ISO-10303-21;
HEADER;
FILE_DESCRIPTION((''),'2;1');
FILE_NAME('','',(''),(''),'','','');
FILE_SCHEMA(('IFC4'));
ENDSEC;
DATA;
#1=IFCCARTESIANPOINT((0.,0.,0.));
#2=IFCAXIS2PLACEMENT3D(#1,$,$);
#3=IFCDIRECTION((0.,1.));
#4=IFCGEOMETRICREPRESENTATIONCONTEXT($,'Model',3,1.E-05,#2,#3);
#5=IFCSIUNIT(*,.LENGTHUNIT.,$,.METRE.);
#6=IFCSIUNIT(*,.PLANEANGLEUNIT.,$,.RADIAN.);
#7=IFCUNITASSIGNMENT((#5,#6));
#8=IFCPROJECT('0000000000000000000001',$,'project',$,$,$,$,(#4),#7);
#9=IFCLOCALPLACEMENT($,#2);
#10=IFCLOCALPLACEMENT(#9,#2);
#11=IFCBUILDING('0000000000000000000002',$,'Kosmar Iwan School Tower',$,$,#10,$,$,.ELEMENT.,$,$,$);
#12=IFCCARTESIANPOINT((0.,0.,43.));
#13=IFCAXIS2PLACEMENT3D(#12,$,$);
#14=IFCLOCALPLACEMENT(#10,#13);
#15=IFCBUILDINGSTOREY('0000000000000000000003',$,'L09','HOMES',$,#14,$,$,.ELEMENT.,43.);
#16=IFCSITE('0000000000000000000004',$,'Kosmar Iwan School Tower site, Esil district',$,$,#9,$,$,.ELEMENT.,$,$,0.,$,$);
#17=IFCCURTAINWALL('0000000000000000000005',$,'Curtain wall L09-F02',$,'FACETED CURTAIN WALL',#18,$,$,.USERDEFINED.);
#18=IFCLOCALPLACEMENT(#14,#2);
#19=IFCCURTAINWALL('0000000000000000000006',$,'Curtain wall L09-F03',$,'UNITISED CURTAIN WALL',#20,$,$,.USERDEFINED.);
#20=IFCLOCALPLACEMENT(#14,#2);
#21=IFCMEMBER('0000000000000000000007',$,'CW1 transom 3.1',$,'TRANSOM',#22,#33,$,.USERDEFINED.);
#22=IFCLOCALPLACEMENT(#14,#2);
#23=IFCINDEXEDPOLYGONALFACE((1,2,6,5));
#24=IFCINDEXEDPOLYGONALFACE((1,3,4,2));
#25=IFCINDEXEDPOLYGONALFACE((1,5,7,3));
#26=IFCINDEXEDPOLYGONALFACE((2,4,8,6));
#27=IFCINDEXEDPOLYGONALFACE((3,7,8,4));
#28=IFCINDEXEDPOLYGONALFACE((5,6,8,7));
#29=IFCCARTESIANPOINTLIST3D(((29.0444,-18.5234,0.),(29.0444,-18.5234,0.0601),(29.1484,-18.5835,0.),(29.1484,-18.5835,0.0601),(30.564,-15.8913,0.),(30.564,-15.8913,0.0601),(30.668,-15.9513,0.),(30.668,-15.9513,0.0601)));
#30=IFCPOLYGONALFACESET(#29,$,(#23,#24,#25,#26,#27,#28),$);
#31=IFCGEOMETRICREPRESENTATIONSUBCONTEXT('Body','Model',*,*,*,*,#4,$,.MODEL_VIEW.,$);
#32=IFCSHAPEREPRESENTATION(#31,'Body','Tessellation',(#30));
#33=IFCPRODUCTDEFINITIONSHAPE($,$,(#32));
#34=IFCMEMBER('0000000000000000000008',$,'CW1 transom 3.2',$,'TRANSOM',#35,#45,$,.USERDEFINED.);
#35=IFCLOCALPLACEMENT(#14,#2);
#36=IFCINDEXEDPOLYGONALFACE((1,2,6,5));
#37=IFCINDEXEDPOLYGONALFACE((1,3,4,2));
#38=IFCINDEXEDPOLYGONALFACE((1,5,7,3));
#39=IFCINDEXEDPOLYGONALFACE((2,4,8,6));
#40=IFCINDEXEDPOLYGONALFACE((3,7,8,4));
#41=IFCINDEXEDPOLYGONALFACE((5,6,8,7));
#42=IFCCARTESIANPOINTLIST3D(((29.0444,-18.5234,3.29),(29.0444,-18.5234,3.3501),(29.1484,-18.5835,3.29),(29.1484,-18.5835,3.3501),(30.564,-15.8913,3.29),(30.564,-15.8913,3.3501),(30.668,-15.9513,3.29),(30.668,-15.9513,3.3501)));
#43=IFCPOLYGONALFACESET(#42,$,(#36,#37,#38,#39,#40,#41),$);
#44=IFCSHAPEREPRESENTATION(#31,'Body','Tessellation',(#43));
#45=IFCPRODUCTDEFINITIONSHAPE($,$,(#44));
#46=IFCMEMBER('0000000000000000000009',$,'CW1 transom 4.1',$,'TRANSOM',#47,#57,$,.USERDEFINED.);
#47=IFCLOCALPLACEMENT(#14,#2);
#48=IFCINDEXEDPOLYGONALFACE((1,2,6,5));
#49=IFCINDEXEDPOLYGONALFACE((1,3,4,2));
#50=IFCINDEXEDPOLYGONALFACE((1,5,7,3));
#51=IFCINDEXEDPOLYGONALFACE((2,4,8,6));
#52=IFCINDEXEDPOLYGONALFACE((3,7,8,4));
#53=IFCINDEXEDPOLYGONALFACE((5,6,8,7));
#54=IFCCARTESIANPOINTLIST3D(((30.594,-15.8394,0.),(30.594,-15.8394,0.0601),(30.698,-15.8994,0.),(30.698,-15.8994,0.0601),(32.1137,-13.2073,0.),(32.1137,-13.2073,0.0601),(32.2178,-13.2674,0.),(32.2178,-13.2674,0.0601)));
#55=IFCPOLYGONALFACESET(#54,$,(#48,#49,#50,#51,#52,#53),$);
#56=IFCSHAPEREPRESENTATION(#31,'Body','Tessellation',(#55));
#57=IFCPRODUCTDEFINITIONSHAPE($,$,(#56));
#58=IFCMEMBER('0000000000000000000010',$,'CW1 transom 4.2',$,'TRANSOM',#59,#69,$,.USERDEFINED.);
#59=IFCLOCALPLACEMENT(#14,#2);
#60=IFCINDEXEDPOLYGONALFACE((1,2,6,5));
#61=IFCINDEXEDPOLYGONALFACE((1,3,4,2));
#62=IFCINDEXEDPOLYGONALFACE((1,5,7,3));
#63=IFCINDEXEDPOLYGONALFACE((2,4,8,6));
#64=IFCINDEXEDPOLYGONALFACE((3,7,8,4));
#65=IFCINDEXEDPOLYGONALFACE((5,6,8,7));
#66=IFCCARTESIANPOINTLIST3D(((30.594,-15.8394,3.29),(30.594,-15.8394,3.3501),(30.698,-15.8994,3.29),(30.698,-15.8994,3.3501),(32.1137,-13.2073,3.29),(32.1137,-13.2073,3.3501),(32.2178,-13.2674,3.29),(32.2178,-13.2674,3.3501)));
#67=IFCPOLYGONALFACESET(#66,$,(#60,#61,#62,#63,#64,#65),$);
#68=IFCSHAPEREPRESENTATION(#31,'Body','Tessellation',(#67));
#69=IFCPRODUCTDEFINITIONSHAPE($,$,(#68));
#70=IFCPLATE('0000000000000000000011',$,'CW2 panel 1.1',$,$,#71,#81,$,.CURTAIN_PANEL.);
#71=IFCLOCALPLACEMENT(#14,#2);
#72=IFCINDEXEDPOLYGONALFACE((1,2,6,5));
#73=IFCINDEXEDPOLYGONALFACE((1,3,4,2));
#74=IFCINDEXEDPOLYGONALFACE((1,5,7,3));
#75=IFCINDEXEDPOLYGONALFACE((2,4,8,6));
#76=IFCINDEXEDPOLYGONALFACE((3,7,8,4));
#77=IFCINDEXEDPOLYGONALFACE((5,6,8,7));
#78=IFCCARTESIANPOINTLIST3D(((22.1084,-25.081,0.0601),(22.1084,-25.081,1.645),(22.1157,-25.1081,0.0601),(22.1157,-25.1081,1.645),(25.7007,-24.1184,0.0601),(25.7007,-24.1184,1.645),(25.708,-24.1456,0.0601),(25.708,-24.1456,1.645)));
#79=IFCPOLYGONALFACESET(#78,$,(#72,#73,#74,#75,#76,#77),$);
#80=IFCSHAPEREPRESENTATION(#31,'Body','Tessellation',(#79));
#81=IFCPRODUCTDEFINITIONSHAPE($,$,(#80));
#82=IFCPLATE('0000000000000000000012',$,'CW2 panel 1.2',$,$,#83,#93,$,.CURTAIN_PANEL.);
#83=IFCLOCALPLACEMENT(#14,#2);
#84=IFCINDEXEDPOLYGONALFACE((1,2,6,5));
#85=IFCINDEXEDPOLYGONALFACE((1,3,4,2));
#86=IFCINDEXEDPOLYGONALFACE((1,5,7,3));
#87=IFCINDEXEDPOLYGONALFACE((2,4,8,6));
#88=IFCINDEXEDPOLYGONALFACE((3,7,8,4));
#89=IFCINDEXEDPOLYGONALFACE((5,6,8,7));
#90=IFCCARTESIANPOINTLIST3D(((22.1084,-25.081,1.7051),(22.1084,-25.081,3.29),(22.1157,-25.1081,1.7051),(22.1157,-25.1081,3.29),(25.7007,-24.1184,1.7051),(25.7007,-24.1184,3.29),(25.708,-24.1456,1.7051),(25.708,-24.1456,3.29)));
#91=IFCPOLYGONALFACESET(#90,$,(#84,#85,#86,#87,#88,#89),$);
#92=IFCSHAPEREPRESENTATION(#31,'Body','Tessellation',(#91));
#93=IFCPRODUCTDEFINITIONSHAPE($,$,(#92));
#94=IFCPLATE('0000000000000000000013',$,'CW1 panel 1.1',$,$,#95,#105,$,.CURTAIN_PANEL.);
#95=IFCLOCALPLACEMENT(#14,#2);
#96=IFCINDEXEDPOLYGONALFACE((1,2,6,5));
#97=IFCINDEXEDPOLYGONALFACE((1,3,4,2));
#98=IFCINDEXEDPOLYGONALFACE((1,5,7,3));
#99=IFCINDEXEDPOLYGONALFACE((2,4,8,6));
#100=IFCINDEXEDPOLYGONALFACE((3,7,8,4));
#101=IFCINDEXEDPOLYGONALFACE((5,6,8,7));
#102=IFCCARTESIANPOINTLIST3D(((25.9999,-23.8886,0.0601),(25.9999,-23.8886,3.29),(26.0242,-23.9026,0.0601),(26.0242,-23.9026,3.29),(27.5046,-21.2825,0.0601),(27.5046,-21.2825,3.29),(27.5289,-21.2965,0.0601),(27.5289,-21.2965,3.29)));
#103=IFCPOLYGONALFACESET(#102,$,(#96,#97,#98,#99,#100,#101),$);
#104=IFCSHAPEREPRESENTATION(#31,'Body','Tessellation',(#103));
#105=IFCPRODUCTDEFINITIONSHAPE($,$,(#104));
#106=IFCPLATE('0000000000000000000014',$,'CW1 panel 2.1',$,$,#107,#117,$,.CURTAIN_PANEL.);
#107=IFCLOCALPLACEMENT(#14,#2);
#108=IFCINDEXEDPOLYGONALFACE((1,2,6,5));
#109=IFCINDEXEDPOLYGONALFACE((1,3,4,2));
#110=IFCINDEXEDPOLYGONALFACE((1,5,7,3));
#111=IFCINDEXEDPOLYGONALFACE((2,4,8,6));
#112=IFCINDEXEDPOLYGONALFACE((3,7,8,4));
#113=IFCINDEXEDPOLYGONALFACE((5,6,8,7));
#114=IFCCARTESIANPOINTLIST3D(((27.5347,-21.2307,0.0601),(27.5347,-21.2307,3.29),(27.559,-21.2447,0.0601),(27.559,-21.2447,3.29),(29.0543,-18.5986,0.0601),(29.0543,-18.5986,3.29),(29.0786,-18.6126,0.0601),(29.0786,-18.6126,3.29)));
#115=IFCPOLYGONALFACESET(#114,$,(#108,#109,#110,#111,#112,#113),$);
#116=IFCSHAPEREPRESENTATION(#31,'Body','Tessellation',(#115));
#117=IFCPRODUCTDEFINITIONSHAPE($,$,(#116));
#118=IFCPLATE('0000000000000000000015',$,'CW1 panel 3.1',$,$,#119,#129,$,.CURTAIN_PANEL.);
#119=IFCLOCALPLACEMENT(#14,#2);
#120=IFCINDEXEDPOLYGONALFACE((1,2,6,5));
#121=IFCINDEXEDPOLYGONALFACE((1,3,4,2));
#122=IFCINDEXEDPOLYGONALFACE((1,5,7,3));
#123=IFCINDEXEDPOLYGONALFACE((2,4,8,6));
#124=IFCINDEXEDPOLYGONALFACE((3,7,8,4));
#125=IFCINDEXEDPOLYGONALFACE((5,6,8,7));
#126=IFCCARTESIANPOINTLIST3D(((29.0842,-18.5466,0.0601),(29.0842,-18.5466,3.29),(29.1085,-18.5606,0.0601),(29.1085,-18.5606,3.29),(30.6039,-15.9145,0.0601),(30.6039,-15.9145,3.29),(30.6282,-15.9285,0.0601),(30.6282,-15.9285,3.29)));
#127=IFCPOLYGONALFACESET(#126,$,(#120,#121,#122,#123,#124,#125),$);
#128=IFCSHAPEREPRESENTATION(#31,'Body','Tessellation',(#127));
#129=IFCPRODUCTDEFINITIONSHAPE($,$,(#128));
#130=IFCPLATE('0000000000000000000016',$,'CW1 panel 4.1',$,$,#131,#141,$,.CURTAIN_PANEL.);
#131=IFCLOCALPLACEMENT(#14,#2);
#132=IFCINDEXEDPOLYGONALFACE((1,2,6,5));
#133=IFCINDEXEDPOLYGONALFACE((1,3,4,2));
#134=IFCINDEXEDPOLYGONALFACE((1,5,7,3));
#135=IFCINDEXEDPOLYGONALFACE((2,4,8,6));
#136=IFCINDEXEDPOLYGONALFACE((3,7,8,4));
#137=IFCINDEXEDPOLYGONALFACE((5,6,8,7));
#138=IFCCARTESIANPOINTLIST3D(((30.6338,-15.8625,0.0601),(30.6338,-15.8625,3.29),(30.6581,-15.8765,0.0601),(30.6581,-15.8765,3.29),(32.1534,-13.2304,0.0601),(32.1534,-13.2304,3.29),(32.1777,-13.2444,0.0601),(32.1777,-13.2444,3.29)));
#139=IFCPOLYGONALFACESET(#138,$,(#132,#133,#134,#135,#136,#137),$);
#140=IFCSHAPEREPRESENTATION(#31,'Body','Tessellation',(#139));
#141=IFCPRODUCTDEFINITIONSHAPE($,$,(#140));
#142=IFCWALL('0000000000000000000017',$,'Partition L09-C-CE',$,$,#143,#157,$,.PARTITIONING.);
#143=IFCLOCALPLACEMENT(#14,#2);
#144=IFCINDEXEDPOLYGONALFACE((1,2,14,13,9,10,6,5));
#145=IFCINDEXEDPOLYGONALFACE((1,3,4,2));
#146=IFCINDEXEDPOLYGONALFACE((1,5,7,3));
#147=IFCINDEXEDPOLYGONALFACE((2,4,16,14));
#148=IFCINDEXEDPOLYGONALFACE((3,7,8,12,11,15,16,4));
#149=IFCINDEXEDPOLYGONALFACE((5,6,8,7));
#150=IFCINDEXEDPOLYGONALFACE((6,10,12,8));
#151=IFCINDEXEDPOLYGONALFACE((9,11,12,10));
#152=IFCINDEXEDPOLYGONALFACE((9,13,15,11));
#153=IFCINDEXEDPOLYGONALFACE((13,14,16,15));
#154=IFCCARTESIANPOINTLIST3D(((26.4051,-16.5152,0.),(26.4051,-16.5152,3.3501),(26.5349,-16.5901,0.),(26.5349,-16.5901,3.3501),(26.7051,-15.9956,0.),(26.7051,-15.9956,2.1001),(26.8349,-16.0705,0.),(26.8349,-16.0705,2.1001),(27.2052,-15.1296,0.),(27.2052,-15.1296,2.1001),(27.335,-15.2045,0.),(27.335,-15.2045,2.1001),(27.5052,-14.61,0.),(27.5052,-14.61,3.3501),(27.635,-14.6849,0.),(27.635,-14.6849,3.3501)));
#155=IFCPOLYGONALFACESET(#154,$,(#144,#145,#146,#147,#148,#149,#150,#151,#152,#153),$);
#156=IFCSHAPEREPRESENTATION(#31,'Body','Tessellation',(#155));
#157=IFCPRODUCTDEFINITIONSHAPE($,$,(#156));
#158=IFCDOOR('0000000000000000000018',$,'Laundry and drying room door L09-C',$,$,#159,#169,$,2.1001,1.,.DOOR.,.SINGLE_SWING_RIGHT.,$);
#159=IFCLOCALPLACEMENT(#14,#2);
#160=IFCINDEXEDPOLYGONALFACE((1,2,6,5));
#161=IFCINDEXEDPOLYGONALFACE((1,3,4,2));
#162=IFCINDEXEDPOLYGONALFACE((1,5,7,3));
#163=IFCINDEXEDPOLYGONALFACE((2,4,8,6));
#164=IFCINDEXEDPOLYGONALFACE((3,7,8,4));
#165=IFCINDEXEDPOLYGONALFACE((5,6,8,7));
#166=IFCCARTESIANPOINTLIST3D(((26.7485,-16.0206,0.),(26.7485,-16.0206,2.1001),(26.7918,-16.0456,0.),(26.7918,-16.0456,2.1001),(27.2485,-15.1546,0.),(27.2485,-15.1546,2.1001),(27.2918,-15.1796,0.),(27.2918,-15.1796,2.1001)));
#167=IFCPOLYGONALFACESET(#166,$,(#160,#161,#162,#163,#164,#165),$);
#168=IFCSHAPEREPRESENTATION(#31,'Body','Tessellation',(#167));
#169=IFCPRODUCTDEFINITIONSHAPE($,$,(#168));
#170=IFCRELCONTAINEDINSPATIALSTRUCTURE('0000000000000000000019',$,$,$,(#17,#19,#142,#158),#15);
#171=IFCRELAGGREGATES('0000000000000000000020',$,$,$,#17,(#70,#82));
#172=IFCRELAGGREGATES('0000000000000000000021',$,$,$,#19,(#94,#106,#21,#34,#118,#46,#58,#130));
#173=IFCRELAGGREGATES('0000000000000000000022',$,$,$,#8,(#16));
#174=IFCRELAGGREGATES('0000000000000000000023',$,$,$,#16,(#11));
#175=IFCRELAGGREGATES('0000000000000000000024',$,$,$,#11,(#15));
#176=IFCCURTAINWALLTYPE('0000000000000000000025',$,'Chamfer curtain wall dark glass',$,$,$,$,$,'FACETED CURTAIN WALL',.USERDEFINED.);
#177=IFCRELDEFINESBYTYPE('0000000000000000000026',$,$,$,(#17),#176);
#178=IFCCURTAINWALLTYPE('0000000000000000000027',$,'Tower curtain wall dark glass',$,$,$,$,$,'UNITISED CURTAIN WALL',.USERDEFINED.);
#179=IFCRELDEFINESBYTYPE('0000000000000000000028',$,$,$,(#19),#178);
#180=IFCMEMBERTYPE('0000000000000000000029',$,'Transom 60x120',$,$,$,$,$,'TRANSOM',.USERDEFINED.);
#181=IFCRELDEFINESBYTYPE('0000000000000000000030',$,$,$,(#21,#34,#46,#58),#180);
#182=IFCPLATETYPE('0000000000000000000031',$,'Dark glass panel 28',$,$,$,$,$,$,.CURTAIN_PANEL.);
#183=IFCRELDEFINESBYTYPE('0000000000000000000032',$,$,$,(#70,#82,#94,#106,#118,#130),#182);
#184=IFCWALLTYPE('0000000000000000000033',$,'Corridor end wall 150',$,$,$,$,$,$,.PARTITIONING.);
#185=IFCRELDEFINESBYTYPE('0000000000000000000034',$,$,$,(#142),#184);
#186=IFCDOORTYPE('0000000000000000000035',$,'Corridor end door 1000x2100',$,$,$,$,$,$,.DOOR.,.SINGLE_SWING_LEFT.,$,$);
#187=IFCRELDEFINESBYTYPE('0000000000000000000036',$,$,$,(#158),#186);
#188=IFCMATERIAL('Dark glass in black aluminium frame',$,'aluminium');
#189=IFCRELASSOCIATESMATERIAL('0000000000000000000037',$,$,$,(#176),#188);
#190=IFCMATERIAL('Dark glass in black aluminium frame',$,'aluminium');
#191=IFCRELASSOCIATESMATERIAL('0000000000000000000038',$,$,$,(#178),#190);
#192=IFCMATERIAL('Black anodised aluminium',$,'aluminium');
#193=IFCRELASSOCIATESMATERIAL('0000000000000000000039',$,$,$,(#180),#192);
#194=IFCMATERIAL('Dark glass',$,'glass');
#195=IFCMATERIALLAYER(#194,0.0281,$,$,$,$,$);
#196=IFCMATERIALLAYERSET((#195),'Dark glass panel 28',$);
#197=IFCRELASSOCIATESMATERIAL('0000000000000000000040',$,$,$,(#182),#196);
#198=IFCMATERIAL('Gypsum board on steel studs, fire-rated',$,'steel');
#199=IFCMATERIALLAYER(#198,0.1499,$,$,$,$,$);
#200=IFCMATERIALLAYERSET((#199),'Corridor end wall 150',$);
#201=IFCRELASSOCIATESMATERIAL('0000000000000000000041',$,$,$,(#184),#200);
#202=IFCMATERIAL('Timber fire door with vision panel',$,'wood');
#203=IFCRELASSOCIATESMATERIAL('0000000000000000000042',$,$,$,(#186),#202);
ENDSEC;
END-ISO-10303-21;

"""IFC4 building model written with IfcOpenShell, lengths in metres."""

from ifc_helpers import new_model, si_unit, direction, frame, frame_2d, origin, origin_2d, place, context, subcontext, project, spatial, rectangle, extrude, material, layer, layer_set, material_profile, profile_set, type_object, element, fill, aggregate, save


model = new_model("IFC4")

# Units and contexts
model_context = context("Model", 3, precision=1e-05, world=origin(), true_north=direction((0.0, 1.0)))
body_context = subcontext(model_context, "Body", "Model", "MODEL_VIEW")
ifc_project = project(units=[si_unit("LENGTHUNIT", "METRE"), si_unit("PLANEANGLEUNIT", "RADIAN")], contexts=[model_context])

# Site, building, storey
site_placement = place(None, origin())
site = spatial("IfcSite", under=ifc_project, at=site_placement, Name="Kosmar Iwan School Tower site, Esil district", CompositionType="ELEMENT", RefElevation=0.0)
building_placement = place(site_placement, origin())
building = spatial("IfcBuilding", under=site, at=building_placement, Name="Kosmar Iwan School Tower", CompositionType="ELEMENT")
storey_placement = place(building_placement, frame((0.0, 0.0, 43.0)))
storey = spatial("IfcBuildingStorey", under=building, at=storey_placement, Name="L09", Description="HOMES", CompositionType="ELEMENT", Elevation=43.0)

# Curtain wall
ifc_material_1 = material(Name="Dark glass in black aluminium frame", Category="aluminium")
curtain_wall_type_1 = type_object("IfcCurtainWallType", Name="Chamfer curtain wall dark glass", ElementType="FACETED CURTAIN WALL", PredefinedType="USERDEFINED", material=ifc_material_1)
curtain_wall_1_placement = place(storey_placement, origin())
curtain_wall_1 = element("IfcCurtainWall", 1, at=curtain_wall_1_placement, inside=storey, type_object=curtain_wall_type_1, Name="Curtain wall L09-F02", ObjectType="FACETED CURTAIN WALL", PredefinedType="USERDEFINED")

# Curtain wall
ifc_material_2 = material(Name="Dark glass in black aluminium frame", Category="aluminium")
curtain_wall_type_2 = type_object("IfcCurtainWallType", Name="Tower curtain wall dark glass", ElementType="UNITISED CURTAIN WALL", PredefinedType="USERDEFINED", material=ifc_material_2)
curtain_wall_2_placement = place(storey_placement, origin())
curtain_wall_2 = element("IfcCurtainWall", 2, at=curtain_wall_2_placement, inside=storey, type_object=curtain_wall_type_2, Name="Curtain wall L09-F03", ObjectType="UNITISED CURTAIN WALL", PredefinedType="USERDEFINED")

# Members
ifc_material_3 = material(Name="Black anodised aluminium", Category="aluminium")
ifc_material_profile_1 = material_profile(ifc_material_3, rectangle(XDim=0.1201, YDim=0.0601, at=origin_2d()), Name="TRANSOM 60x120")
ifc_profile_set_1 = profile_set([ifc_material_profile_1], Name="Black anodised aluminium")
member_type_1 = type_object("IfcMemberType", Name="Transom 60x120", ElementType="TRANSOM", PredefinedType="USERDEFINED", material=ifc_profile_set_1)
member_1_placement = place(storey_placement, frame((29.0964, -18.5535, 0.03), z_axis=(0.499975, 0.86604, 0.0), x_axis=(-0.86604, 0.499975, 0.0)))
member_1 = element("IfcMember", 3, at=member_1_placement, type_object=member_type_1, Name="CW1 transom 3.1", ObjectType="TRANSOM", PredefinedType="USERDEFINED", context=body_context, shape_type="SweptSolid", body=[
    extrude(rectangle(XDim=0.1201, YDim=0.0601, at=origin_2d()), origin(), (0.0, 0.0, 1.0), 3.0393),
])
member_2_placement = place(storey_placement, frame((29.0964, -18.5535, 3.3201), z_axis=(0.499975, 0.86604, 0.0), x_axis=(-0.86604, 0.499975, 0.0)))
member_2 = element("IfcMember", 4, at=member_2_placement, type_object=member_type_1, Name="CW1 transom 3.2", ObjectType="TRANSOM", PredefinedType="USERDEFINED", context=body_context, shape_type="SweptSolid", body=[
    extrude(rectangle(XDim=0.1201, YDim=0.0601, at=origin_2d()), origin(), (0.0, 0.0, 1.0), 3.0393),
])
member_3_placement = place(storey_placement, frame((30.646, -15.8694, 0.03), z_axis=(0.500035, 0.866005, 0.0), x_axis=(-0.866005, 0.500035, 0.0)))
member_3 = element("IfcMember", 5, at=member_3_placement, type_object=member_type_1, Name="CW1 transom 4.1", ObjectType="TRANSOM", PredefinedType="USERDEFINED", context=body_context, shape_type="SweptSolid", body=[
    extrude(rectangle(XDim=0.1201, YDim=0.0601, at=origin_2d()), origin(), (0.0, 0.0, 1.0), 3.0393),
])
member_4_placement = place(storey_placement, frame((30.646, -15.8694, 3.3201), z_axis=(0.500035, 0.866005, 0.0), x_axis=(-0.866005, 0.500035, 0.0)))
member_4 = element("IfcMember", 6, at=member_4_placement, type_object=member_type_1, Name="CW1 transom 4.2", ObjectType="TRANSOM", PredefinedType="USERDEFINED", context=body_context, shape_type="SweptSolid", body=[
    extrude(rectangle(XDim=0.1201, YDim=0.0601, at=origin_2d()), origin(), (0.0, 0.0, 1.0), 3.0393),
])

# Plates
ifc_material_4 = material(Name="Dark glass", Category="glass")
ifc_layer_1 = layer(ifc_material_4, 0.0281)
ifc_layer_set_1 = layer_set([ifc_layer_1], Name="Dark glass panel 28")
plate_type = type_object("IfcPlateType", Name="Dark glass panel 28", PredefinedType="CURTAIN_PANEL", material=ifc_layer_set_1)
plate_1_placement = place(storey_placement, frame((23.9082, -24.6133, 0.0601), z_axis=(0.0, 0.0, 1.0), x_axis=(0.965926, 0.258819, 0.0)))
plate_1 = element("IfcPlate", 7, at=plate_1_placement, type_object=plate_type, Name="CW2 panel 1.1", PredefinedType="CURTAIN_PANEL", context=body_context, shape_type="SweptSolid", body=[
    extrude(rectangle(XDim=3.719, YDim=0.0281, at=origin_2d()), origin(), (0.0, 0.0, 1.0), 1.585),
])
plate_2_placement = place(storey_placement, frame((23.9082, -24.6133, 1.7051), z_axis=(0.0, 0.0, 1.0), x_axis=(0.965926, 0.258819, 0.0)))
plate_2 = element("IfcPlate", 8, at=plate_2_placement, type_object=plate_type, Name="CW2 panel 1.2", PredefinedType="CURTAIN_PANEL", context=body_context, shape_type="SweptSolid", body=[
    extrude(rectangle(XDim=3.719, YDim=0.0281, at=origin_2d()), origin(), (0.0, 0.0, 1.0), 1.585),
])
aggregate(curtain_wall_1, [plate_1, plate_2])
plate_3_placement = place(storey_placement, frame((26.7644, -22.5925, 0.0601), z_axis=(0.0, 0.0, 1.0), x_axis=(0.5, 0.866025, 0.0)))
plate_3 = element("IfcPlate", 9, at=plate_3_placement, type_object=plate_type, Name="CW1 panel 1.1", PredefinedType="CURTAIN_PANEL", context=body_context, shape_type="SweptSolid", body=[
    extrude(rectangle(XDim=3.0093, YDim=0.0281, at=origin_2d()), origin(), (0.0, 0.0, 1.0), 3.23),
])
plate_4_placement = place(storey_placement, frame((28.3066, -19.9216, 0.0601), z_axis=(0.0, 0.0, 1.0), x_axis=(0.5, 0.866025, 0.0)))
plate_4 = element("IfcPlate", 10, at=plate_4_placement, type_object=plate_type, Name="CW1 panel 2.1", PredefinedType="CURTAIN_PANEL", context=body_context, shape_type="SweptSolid", body=[
    extrude(rectangle(XDim=3.0393, YDim=0.0281, at=origin_2d()), origin(), (0.0, 0.0, 1.0), 3.23),
])
plate_5_placement = place(storey_placement, frame((29.8562, -17.2375, 0.0601), z_axis=(0.0, 0.0, 1.0), x_axis=(0.5, 0.866025, 0.0)))
plate_5 = element("IfcPlate", 11, at=plate_5_placement, type_object=plate_type, Name="CW1 panel 3.1", PredefinedType="CURTAIN_PANEL", context=body_context, shape_type="SweptSolid", body=[
    extrude(rectangle(XDim=3.0393, YDim=0.0281, at=origin_2d()), origin(), (0.0, 0.0, 1.0), 3.23),
])
plate_6_placement = place(storey_placement, frame((31.4058, -14.5535, 0.0601), z_axis=(0.0, 0.0, 1.0), x_axis=(0.5, 0.866025, 0.0)))
plate_6 = element("IfcPlate", 12, at=plate_6_placement, type_object=plate_type, Name="CW1 panel 4.1", PredefinedType="CURTAIN_PANEL", context=body_context, shape_type="SweptSolid", body=[
    extrude(rectangle(XDim=3.0393, YDim=0.0281, at=origin_2d()), origin(), (0.0, 0.0, 1.0), 3.23),
])
aggregate(curtain_wall_2, [plate_3, plate_4, member_1, member_2, plate_5, member_3, member_4, plate_6])

# Wall, opening, door
ifc_material_5 = material(Name="Gypsum board on steel studs, fire-rated", Category="steel")
ifc_layer_2 = layer(ifc_material_5, 0.1499)
ifc_layer_set_2 = layer_set([ifc_layer_2], Name="Corridor end wall 150")
wall_type_1 = type_object("IfcWallType", Name="Corridor end wall 150", PredefinedType="PARTITIONING", material=ifc_layer_set_2)
wall_1_placement = place(storey_placement, frame((26.47, -16.5527, 0.0), z_axis=(0.0, 0.0, 1.0), x_axis=(0.50003, 0.866008, 0.0)))
wall_1 = element("IfcWall", 13, at=wall_1_placement, inside=storey, type_object=wall_type_1, Name="Partition L09-C-CE", PredefinedType="PARTITIONING", context=body_context, shape_type="SweptSolid", body=[
    extrude(rectangle(XDim=2.2, YDim=0.1499, at=frame_2d((1.1001, 0.0))), origin(), (0.0, 0.0, 1.0), 3.3501),
])
opening_1_placement = place(wall_1_placement, frame((0.6001, 0.0, 0.0)))
opening_1 = element("IfcOpeningElement", 14, at=opening_1_placement, cuts=wall_1, PredefinedType="OPENING", context=body_context, shape_type="SweptSolid", body=[
    extrude(rectangle(XDim=1.0, YDim=2.1001, at=frame_2d((0.5, 1.05))), frame((0.0, 0.0869, 0.0), z_axis=(0.0, -1.0, 0.0), x_axis=(1.0, 0.0, 0.0)), (0.0, 0.0, 1.0), 0.1738),
])
ifc_material_6 = material(Name="Timber fire door with vision panel", Category="wood")
door_type_1 = type_object("IfcDoorType", Name="Corridor end door 1000x2100", OperationType="SINGLE_SWING_LEFT", PredefinedType="DOOR", material=ifc_material_6)
door_1_placement = place(opening_1_placement, origin())
door_1 = element("IfcDoor", 15, at=door_1_placement, inside=storey, type_object=door_type_1, Name="Laundry and drying room door L09-C", OperationType="SINGLE_SWING_RIGHT", OverallHeight=2.1001, OverallWidth=1.0, PredefinedType="DOOR", context=body_context, shape_type="SweptSolid", body=[
    extrude(rectangle(XDim=1.0, YDim=2.1001, at=frame_2d((0.5, 1.05))), frame((0.0, 0.0249, 0.0), z_axis=(0.0, -1.0, 0.0), x_axis=(1.0, 0.0, 0.0)), (0.0, 0.0, 1.0), 0.05),
])
fill(opening_1, door_1)

save(model, "model.ifc")
